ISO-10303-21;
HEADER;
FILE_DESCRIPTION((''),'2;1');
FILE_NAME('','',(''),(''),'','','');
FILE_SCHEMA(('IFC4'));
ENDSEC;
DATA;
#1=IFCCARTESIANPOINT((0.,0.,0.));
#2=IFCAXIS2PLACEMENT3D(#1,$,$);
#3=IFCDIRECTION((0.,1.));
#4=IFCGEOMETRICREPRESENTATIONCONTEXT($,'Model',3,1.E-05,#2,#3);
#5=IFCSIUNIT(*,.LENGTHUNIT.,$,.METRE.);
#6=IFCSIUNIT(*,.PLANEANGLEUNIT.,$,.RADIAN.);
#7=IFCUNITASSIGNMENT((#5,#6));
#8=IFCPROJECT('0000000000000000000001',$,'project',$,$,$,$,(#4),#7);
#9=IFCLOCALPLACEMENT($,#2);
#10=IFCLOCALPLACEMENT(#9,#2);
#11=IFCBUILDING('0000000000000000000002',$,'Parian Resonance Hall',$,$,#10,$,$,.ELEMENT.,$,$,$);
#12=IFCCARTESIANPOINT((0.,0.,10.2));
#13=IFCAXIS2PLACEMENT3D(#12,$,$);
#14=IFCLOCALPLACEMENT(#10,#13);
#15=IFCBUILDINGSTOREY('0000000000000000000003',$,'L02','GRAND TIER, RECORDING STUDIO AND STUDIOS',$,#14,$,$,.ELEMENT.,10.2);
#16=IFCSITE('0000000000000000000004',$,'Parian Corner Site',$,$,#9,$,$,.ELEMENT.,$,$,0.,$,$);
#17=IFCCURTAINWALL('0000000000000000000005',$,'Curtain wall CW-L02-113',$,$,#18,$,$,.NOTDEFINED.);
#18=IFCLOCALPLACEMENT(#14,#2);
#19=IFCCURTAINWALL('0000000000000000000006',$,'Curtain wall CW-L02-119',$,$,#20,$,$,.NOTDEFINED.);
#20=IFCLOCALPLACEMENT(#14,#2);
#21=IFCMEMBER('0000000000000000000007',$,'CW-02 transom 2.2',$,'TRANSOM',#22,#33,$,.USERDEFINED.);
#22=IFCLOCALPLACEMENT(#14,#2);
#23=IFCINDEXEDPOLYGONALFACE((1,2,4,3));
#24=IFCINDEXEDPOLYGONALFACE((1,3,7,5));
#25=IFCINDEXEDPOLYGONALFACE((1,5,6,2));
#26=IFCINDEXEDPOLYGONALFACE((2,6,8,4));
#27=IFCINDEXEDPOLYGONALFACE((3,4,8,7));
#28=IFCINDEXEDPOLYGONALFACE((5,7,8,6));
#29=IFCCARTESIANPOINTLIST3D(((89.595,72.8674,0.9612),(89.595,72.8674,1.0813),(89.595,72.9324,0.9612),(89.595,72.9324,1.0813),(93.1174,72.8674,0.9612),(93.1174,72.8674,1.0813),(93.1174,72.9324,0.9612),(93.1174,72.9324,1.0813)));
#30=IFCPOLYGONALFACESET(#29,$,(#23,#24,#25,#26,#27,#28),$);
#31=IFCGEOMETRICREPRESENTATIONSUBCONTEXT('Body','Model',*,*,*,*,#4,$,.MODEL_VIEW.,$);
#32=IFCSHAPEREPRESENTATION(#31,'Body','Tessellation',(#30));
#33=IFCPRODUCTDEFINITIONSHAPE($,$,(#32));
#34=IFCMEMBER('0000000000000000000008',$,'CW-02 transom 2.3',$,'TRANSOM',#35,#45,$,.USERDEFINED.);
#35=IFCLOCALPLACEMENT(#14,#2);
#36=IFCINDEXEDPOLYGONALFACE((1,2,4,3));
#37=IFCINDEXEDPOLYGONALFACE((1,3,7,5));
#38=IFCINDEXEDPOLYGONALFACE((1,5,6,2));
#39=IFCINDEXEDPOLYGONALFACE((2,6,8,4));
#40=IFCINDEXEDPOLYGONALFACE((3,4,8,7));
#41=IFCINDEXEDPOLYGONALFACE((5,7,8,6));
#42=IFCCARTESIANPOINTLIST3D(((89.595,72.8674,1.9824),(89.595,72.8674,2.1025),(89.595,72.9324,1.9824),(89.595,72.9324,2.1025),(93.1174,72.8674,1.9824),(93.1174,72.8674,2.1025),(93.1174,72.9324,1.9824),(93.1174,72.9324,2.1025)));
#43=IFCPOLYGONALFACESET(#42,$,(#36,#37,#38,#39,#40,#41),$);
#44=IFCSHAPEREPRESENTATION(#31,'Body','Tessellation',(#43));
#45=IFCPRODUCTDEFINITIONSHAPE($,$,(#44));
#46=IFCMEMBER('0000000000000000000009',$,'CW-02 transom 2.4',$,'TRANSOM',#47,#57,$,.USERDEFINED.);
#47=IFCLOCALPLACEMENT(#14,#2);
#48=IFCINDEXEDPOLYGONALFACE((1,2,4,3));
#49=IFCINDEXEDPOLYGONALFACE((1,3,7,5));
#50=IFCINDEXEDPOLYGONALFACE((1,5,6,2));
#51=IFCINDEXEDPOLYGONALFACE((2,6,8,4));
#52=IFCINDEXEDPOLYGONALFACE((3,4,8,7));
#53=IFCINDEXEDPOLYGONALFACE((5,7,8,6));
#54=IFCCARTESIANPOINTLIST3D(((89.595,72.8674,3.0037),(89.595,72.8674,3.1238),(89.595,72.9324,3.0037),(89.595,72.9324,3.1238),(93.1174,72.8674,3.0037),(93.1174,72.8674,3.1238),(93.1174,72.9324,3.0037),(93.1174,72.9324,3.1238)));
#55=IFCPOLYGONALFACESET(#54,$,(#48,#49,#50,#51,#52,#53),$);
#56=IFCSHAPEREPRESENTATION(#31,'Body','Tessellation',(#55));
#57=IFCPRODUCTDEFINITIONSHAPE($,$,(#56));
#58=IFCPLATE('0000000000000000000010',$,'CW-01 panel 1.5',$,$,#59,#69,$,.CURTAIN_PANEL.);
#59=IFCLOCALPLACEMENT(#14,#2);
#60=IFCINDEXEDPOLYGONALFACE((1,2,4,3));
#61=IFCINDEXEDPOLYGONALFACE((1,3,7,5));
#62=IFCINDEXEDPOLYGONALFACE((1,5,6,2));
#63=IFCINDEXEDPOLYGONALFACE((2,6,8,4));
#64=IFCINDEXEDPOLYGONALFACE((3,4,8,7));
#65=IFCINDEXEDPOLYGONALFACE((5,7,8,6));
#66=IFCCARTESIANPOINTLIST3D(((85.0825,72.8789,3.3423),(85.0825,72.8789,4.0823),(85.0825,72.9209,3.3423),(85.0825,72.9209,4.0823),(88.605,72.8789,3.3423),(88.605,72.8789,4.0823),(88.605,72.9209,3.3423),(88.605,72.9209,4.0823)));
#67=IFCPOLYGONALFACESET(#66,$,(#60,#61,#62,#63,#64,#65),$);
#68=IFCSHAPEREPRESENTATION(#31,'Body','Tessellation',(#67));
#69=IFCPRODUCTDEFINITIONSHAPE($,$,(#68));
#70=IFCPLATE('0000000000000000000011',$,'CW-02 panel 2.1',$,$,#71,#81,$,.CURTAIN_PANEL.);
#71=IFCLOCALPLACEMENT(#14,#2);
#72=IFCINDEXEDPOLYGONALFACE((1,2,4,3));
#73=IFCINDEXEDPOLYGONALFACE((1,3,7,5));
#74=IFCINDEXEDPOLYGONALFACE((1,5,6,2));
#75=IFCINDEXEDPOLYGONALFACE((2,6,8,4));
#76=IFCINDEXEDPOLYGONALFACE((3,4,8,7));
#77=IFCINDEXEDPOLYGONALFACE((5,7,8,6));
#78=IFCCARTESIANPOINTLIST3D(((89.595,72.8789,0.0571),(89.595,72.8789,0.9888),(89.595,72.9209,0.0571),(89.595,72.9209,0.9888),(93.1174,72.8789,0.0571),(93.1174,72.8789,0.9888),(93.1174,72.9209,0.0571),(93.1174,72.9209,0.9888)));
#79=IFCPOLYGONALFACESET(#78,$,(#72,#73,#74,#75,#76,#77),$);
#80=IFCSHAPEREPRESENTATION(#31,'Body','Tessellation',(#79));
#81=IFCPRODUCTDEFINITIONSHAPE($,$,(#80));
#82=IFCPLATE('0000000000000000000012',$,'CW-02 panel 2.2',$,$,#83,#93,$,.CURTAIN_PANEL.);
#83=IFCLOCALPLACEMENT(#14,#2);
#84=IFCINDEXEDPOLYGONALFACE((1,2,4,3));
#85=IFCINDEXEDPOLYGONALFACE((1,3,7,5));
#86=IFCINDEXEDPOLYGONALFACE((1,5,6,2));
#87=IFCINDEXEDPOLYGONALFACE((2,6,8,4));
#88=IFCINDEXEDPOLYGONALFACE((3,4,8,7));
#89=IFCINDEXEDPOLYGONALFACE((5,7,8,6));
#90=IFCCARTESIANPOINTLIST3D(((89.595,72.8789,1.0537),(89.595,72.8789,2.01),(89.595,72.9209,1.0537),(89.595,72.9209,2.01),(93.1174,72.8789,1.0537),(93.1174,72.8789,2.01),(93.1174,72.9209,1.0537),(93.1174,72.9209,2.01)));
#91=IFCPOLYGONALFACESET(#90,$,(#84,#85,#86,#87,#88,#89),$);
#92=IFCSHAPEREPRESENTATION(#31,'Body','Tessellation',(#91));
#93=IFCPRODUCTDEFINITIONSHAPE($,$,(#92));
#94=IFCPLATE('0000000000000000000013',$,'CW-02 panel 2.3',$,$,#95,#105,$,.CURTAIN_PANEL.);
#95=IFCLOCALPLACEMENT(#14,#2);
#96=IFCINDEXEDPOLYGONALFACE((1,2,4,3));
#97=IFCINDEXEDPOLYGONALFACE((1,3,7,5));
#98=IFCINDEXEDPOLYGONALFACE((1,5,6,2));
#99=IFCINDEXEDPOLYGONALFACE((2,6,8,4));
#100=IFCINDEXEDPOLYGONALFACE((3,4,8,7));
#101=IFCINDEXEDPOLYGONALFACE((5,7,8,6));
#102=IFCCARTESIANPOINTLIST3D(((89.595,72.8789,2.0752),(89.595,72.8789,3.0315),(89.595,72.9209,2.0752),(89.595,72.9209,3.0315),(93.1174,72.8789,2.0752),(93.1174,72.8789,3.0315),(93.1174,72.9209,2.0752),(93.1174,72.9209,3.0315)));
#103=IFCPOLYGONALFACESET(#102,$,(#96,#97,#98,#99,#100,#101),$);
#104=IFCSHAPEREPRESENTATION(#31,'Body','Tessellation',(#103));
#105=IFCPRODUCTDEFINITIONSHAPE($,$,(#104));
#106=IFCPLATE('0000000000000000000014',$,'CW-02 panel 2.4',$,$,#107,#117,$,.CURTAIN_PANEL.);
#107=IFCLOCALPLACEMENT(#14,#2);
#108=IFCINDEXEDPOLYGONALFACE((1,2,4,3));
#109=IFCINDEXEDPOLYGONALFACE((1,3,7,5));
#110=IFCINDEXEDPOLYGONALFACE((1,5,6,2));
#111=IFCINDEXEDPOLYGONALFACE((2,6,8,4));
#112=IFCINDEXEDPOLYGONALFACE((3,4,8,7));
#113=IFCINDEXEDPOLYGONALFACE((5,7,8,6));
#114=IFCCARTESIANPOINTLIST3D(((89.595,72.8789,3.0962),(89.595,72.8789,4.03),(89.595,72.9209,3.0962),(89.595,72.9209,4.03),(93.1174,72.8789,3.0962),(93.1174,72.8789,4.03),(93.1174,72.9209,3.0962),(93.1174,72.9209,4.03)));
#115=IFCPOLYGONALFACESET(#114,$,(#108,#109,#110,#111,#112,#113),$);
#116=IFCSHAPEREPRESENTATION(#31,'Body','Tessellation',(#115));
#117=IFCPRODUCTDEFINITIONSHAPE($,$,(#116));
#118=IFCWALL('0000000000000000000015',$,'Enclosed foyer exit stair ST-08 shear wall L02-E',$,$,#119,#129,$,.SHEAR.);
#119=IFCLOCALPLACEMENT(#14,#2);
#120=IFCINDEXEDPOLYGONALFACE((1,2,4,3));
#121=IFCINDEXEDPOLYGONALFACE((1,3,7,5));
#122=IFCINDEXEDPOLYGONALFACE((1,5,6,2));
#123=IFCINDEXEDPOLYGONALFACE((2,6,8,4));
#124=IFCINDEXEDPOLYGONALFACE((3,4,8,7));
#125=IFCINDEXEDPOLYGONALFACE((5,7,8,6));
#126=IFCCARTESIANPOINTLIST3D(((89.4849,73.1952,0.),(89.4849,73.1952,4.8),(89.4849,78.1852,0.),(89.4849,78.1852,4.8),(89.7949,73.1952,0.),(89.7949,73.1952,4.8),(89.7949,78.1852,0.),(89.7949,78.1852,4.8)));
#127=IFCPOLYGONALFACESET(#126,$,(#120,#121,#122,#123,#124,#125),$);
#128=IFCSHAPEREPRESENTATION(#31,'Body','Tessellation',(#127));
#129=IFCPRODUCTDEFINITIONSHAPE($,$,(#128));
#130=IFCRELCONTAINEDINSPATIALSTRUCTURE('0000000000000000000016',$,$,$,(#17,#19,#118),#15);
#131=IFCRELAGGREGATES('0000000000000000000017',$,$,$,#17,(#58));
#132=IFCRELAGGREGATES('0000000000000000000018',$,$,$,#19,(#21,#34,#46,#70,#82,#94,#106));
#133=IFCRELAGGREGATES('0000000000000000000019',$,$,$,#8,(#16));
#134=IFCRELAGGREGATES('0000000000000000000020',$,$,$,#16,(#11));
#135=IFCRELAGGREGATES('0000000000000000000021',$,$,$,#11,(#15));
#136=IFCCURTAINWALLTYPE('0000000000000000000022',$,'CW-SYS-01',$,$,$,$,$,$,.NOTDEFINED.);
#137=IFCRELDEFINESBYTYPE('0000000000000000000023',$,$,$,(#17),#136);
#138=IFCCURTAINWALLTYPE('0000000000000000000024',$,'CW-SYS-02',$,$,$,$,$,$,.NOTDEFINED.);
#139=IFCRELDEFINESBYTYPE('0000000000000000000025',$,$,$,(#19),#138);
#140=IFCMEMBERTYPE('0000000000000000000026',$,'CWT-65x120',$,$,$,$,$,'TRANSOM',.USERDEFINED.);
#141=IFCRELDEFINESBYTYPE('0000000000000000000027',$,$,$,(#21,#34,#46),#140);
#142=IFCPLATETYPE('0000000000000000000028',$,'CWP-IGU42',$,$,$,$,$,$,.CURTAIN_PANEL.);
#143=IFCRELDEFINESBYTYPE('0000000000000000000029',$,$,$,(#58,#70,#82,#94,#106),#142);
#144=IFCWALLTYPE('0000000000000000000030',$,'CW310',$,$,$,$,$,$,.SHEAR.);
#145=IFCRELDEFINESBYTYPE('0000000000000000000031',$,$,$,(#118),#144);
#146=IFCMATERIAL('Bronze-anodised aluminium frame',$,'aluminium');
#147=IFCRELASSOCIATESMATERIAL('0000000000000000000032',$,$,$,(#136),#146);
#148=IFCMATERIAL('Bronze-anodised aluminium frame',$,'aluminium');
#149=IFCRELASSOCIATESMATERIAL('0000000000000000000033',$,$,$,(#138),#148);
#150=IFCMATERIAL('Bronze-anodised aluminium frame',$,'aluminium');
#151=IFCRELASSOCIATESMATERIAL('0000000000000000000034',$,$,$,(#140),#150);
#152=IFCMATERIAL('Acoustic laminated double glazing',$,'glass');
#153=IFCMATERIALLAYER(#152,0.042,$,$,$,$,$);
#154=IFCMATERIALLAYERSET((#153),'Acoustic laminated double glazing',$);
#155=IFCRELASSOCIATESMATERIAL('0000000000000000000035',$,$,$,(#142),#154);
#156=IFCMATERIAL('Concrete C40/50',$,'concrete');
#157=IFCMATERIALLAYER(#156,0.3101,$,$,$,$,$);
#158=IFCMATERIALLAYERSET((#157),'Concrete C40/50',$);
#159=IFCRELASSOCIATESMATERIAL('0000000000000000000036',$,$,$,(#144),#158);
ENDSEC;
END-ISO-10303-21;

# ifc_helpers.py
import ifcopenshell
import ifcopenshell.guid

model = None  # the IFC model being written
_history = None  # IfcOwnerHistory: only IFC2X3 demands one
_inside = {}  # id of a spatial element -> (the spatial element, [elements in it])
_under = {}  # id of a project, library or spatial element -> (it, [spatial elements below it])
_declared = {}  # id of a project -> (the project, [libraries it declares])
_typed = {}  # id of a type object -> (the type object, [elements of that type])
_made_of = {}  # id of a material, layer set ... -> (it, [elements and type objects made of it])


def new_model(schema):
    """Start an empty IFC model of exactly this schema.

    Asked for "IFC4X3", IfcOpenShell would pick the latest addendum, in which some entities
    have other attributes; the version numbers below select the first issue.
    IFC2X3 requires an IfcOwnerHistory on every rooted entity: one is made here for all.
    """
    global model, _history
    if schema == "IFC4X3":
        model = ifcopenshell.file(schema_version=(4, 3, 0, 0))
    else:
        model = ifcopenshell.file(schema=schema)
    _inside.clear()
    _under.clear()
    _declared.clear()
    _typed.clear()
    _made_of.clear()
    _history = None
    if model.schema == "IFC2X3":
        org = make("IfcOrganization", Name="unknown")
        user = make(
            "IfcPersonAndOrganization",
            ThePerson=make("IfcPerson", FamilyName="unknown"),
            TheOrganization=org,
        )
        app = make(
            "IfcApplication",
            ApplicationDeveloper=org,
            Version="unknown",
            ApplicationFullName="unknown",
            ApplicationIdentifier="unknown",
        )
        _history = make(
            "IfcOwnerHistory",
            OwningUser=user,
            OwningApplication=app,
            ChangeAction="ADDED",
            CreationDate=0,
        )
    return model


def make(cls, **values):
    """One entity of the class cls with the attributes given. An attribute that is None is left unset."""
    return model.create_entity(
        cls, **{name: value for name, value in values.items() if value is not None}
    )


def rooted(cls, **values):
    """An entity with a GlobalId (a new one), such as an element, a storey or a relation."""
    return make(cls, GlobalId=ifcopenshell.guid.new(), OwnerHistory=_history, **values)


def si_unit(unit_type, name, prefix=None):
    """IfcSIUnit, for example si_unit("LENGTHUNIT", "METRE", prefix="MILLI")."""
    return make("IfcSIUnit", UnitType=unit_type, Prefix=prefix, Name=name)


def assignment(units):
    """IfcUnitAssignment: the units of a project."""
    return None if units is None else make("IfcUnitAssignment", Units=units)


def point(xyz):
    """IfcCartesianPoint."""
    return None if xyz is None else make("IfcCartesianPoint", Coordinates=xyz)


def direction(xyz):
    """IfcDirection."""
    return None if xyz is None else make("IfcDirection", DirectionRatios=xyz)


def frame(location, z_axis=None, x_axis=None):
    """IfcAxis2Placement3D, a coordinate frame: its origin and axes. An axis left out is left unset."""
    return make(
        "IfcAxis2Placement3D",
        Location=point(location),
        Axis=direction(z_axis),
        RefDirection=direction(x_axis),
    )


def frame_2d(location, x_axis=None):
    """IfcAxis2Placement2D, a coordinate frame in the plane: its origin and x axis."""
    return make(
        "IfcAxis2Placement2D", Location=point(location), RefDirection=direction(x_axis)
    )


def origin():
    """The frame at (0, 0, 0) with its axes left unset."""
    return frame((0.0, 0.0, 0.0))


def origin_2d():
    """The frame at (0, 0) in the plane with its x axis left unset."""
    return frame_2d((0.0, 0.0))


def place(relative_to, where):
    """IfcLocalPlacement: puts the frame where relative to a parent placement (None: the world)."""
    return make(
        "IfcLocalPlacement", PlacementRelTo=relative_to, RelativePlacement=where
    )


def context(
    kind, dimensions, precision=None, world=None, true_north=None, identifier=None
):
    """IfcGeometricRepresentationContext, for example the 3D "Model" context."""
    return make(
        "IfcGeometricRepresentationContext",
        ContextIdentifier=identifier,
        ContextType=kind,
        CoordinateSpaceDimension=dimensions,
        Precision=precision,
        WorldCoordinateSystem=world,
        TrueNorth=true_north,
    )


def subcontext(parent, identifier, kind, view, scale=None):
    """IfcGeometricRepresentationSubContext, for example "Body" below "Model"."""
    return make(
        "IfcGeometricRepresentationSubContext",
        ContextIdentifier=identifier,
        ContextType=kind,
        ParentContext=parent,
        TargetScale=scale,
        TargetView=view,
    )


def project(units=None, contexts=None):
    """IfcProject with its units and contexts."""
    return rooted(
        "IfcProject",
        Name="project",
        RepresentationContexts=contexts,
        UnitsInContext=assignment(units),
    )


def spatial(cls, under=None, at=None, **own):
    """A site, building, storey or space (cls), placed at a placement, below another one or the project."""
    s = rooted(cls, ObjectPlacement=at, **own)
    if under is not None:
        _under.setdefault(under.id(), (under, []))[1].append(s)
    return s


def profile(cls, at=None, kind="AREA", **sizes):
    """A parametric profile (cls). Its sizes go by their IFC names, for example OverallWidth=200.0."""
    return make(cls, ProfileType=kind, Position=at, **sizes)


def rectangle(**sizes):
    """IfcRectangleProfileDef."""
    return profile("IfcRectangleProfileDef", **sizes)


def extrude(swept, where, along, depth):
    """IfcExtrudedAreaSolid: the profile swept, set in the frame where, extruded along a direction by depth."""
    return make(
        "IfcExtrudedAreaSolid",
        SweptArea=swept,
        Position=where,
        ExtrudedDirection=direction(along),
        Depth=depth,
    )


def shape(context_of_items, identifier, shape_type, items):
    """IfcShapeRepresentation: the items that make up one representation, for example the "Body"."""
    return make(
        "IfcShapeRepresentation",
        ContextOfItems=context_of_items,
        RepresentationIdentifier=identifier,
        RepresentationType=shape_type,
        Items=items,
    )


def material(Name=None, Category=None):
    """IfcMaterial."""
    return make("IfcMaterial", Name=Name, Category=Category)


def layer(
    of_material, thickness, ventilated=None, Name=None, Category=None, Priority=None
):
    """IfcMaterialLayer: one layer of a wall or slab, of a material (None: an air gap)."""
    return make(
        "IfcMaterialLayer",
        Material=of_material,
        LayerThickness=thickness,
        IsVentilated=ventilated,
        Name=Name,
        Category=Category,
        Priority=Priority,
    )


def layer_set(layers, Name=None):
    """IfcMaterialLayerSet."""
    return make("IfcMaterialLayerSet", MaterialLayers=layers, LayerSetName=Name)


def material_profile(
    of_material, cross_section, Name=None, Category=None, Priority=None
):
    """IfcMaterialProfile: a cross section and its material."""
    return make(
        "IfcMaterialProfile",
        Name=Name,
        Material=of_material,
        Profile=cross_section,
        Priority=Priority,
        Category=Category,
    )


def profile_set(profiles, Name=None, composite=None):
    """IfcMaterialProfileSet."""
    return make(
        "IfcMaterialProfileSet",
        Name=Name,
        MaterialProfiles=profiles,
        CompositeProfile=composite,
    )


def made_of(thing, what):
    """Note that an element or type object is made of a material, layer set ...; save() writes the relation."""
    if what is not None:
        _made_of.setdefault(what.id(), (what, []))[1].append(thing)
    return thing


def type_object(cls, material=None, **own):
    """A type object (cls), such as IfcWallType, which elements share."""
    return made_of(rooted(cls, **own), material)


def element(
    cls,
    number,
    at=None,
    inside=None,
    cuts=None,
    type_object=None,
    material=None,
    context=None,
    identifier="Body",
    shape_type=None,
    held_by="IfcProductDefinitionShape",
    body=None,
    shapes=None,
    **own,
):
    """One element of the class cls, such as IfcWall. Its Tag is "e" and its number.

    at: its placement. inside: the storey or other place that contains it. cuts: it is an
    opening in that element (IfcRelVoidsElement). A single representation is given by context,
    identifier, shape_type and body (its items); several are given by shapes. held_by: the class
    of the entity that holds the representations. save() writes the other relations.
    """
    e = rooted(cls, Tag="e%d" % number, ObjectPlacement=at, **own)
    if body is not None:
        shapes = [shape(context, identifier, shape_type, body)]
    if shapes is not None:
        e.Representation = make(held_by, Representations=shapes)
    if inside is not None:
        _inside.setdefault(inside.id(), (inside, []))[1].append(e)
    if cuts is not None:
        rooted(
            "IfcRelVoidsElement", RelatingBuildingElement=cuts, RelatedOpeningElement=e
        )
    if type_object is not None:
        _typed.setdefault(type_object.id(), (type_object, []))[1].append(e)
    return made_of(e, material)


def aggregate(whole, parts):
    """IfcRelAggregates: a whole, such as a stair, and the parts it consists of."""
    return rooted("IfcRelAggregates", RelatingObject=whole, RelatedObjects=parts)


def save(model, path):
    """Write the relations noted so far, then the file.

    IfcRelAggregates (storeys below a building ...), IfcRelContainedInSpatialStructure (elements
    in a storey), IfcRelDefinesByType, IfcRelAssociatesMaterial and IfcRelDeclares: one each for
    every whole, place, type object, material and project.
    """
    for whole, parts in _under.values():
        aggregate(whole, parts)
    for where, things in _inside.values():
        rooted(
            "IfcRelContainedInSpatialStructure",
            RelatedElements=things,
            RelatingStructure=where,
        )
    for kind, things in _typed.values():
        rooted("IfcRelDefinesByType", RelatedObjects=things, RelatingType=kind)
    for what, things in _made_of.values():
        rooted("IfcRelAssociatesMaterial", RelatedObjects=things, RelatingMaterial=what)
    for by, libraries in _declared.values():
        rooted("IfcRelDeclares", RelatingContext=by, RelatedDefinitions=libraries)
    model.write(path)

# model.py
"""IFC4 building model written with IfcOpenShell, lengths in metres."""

from ifc_helpers import new_model, si_unit, direction, frame, frame_2d, origin, origin_2d, place, context, subcontext, project, spatial, rectangle, extrude, material, layer, layer_set, material_profile, profile_set, type_object, element, aggregate, save


model = new_model("IFC4")

# Units and contexts
model_context = context("Model", 3, precision=1e-05, world=origin(), true_north=direction((0.0, 1.0)))
body_context = subcontext(model_context, "Body", "Model", "MODEL_VIEW")
ifc_project = project(units=[si_unit("LENGTHUNIT", "METRE"), si_unit("PLANEANGLEUNIT", "RADIAN")], contexts=[model_context])

# Site, building, storey
site_placement = place(None, origin())
site = spatial("IfcSite", under=ifc_project, at=site_placement, Name="Parian Corner Site", CompositionType="ELEMENT", RefElevation=0.0)
building_placement = place(site_placement, origin())
building = spatial("IfcBuilding", under=site, at=building_placement, Name="Parian Resonance Hall", CompositionType="ELEMENT")
storey_placement = place(building_placement, frame((0.0, 0.0, 10.2)))
storey = spatial("IfcBuildingStorey", under=building, at=storey_placement, Name="L02", Description="GRAND TIER, RECORDING STUDIO AND STUDIOS", CompositionType="ELEMENT", Elevation=10.2)

# Curtain walls
ifc_material_1 = material(Name="Bronze-anodised aluminium frame", Category="aluminium")
curtain_wall_type_1 = type_object("IfcCurtainWallType", Name="CW-SYS-01", PredefinedType="NOTDEFINED", material=ifc_material_1)
curtain_wall_1_placement = place(storey_placement, origin())
curtain_wall_1 = element("IfcCurtainWall", 1, at=curtain_wall_1_placement, inside=storey, type_object=curtain_wall_type_1, Name="Curtain wall CW-L02-113", PredefinedType="NOTDEFINED")
ifc_material_2 = material(Name="Bronze-anodised aluminium frame", Category="aluminium")
curtain_wall_type_2 = type_object("IfcCurtainWallType", Name="CW-SYS-02", PredefinedType="NOTDEFINED", material=ifc_material_2)
curtain_wall_2_placement = place(storey_placement, origin())
curtain_wall_2 = element("IfcCurtainWall", 2, at=curtain_wall_2_placement, inside=storey, type_object=curtain_wall_type_2, Name="Curtain wall CW-L02-119", PredefinedType="NOTDEFINED")

# Members
ifc_material_3 = material(Name="Bronze-anodised aluminium frame", Category="aluminium")
ifc_material_profile_1 = material_profile(ifc_material_3, rectangle(XDim=0.0649, YDim=0.1201, at=origin_2d()), Name="CWT-65x120")
ifc_profile_set_1 = profile_set([ifc_material_profile_1], Name="Bronze-anodised aluminium frame")
member_type_1 = type_object("IfcMemberType", Name="CWT-65x120", ElementType="TRANSOM", PredefinedType="USERDEFINED", material=ifc_profile_set_1)
member_1_placement = place(storey_placement, frame((93.1174, 72.8999, 1.0212), z_axis=(-1.0, 0.0, 0.0), x_axis=(0.0, -1.0, 0.0)))
member_1 = element("IfcMember", 3, at=member_1_placement, type_object=member_type_1, Name="CW-02 transom 2.2", ObjectType="TRANSOM", PredefinedType="USERDEFINED", context=body_context, shape_type="SweptSolid", body=[
    extrude(rectangle(XDim=0.0649, YDim=0.1201, at=origin_2d()), origin(), (0.0, 0.0, 1.0), 3.5225),
])
member_2_placement = place(storey_placement, frame((93.1174, 72.8999, 2.0425), z_axis=(-1.0, 0.0, 0.0), x_axis=(0.0, -1.0, 0.0)))
member_2 = element("IfcMember", 4, at=member_2_placement, type_object=member_type_1, Name="CW-02 transom 2.3", ObjectType="TRANSOM", PredefinedType="USERDEFINED", context=body_context, shape_type="SweptSolid", body=[
    extrude(rectangle(XDim=0.0649, YDim=0.1201, at=origin_2d()), origin(), (0.0, 0.0, 1.0), 3.5225),
])
member_3_placement = place(storey_placement, frame((93.1174, 72.8999, 3.0637), z_axis=(-1.0, 0.0, 0.0), x_axis=(0.0, -1.0, 0.0)))
member_3 = element("IfcMember", 5, at=member_3_placement, type_object=member_type_1, Name="CW-02 transom 2.4", ObjectType="TRANSOM", PredefinedType="USERDEFINED", context=body_context, shape_type="SweptSolid", body=[
    extrude(rectangle(XDim=0.0649, YDim=0.1201, at=origin_2d()), origin(), (0.0, 0.0, 1.0), 3.5225),
])

# Plates
ifc_material_4 = material(Name="Acoustic laminated double glazing", Category="glass")
ifc_layer_1 = layer(ifc_material_4, 0.042)
ifc_layer_set_1 = layer_set([ifc_layer_1], Name="Acoustic laminated double glazing")
plate_type = type_object("IfcPlateType", Name="CWP-IGU42", PredefinedType="CURTAIN_PANEL", material=ifc_layer_set_1)
plate_1_placement = place(storey_placement, frame((86.8438, 72.8999, 3.3423), z_axis=(0.0, 0.0, 1.0), x_axis=(-1.0, 0.0, 0.0)))
plate_1 = element("IfcPlate", 6, at=plate_1_placement, type_object=plate_type, Name="CW-01 panel 1.5", PredefinedType="CURTAIN_PANEL", context=body_context, shape_type="SweptSolid", body=[
    extrude(rectangle(XDim=3.5225, YDim=0.042, at=origin_2d()), origin(), (0.0, 0.0, 1.0), 0.74),
])
aggregate(curtain_wall_1, [plate_1])
plate_2_placement = place(storey_placement, frame((91.3562, 72.8999, 0.0571), z_axis=(0.0, 0.0, 1.0), x_axis=(-1.0, 0.0, 0.0)))
plate_2 = element("IfcPlate", 7, at=plate_2_placement, type_object=plate_type, Name="CW-02 panel 2.1", PredefinedType="CURTAIN_PANEL", context=body_context, shape_type="SweptSolid", body=[
    extrude(rectangle(XDim=3.5225, YDim=0.042, at=origin_2d()), origin(), (0.0, 0.0, 1.0), 0.9316),
])
plate_3_placement = place(storey_placement, frame((91.3562, 72.8999, 1.0537), z_axis=(0.0, 0.0, 1.0), x_axis=(-1.0, 0.0, 0.0)))
plate_3 = element("IfcPlate", 8, at=plate_3_placement, type_object=plate_type, Name="CW-02 panel 2.2", PredefinedType="CURTAIN_PANEL", context=body_context, shape_type="SweptSolid", body=[
    extrude(rectangle(XDim=3.5225, YDim=0.042, at=origin_2d()), origin(), (0.0, 0.0, 1.0), 0.9563),
])
plate_4_placement = place(storey_placement, frame((91.3562, 72.8999, 2.0752), z_axis=(0.0, 0.0, 1.0), x_axis=(-1.0, 0.0, 0.0)))
plate_4 = element("IfcPlate", 9, at=plate_4_placement, type_object=plate_type, Name="CW-02 panel 2.3", PredefinedType="CURTAIN_PANEL", context=body_context, shape_type="SweptSolid", body=[
    extrude(rectangle(XDim=3.5225, YDim=0.042, at=origin_2d()), origin(), (0.0, 0.0, 1.0), 0.9563),
])
plate_5_placement = place(storey_placement, frame((91.3562, 72.8999, 3.0962), z_axis=(0.0, 0.0, 1.0), x_axis=(-1.0, 0.0, 0.0)))
plate_5 = element("IfcPlate", 10, at=plate_5_placement, type_object=plate_type, Name="CW-02 panel 2.4", PredefinedType="CURTAIN_PANEL", context=body_context, shape_type="SweptSolid", body=[
    extrude(rectangle(XDim=3.5225, YDim=0.042, at=origin_2d()), origin(), (0.0, 0.0, 1.0), 0.9338),
])
aggregate(curtain_wall_2, [member_1, member_2, member_3, plate_2, plate_3, plate_4, plate_5])

# Wall
ifc_material_5 = material(Name="Concrete C40/50", Category="concrete")
ifc_layer_2 = layer(ifc_material_5, 0.3101)
ifc_layer_set_2 = layer_set([ifc_layer_2], Name="Concrete C40/50")
wall_type = type_object("IfcWallType", Name="CW310", PredefinedType="SHEAR", material=ifc_layer_set_2)
wall_placement = place(storey_placement, frame((89.6399, 73.1951, 0.0), z_axis=(0.0, 0.0, 1.0), x_axis=(0.0, 1.0, 0.0)))
element("IfcWall", 11, at=wall_placement, inside=storey, type_object=wall_type, Name="Enclosed foyer exit stair ST-08 shear wall L02-E", PredefinedType="SHEAR", context=body_context, shape_type="SweptSolid", body=[
    extrude(rectangle(XDim=4.99, YDim=0.3101, at=frame_2d((2.4951, 0.0))), origin(), (0.0, 0.0, 1.0), 4.8),
])

save(model, "model.ifc")
